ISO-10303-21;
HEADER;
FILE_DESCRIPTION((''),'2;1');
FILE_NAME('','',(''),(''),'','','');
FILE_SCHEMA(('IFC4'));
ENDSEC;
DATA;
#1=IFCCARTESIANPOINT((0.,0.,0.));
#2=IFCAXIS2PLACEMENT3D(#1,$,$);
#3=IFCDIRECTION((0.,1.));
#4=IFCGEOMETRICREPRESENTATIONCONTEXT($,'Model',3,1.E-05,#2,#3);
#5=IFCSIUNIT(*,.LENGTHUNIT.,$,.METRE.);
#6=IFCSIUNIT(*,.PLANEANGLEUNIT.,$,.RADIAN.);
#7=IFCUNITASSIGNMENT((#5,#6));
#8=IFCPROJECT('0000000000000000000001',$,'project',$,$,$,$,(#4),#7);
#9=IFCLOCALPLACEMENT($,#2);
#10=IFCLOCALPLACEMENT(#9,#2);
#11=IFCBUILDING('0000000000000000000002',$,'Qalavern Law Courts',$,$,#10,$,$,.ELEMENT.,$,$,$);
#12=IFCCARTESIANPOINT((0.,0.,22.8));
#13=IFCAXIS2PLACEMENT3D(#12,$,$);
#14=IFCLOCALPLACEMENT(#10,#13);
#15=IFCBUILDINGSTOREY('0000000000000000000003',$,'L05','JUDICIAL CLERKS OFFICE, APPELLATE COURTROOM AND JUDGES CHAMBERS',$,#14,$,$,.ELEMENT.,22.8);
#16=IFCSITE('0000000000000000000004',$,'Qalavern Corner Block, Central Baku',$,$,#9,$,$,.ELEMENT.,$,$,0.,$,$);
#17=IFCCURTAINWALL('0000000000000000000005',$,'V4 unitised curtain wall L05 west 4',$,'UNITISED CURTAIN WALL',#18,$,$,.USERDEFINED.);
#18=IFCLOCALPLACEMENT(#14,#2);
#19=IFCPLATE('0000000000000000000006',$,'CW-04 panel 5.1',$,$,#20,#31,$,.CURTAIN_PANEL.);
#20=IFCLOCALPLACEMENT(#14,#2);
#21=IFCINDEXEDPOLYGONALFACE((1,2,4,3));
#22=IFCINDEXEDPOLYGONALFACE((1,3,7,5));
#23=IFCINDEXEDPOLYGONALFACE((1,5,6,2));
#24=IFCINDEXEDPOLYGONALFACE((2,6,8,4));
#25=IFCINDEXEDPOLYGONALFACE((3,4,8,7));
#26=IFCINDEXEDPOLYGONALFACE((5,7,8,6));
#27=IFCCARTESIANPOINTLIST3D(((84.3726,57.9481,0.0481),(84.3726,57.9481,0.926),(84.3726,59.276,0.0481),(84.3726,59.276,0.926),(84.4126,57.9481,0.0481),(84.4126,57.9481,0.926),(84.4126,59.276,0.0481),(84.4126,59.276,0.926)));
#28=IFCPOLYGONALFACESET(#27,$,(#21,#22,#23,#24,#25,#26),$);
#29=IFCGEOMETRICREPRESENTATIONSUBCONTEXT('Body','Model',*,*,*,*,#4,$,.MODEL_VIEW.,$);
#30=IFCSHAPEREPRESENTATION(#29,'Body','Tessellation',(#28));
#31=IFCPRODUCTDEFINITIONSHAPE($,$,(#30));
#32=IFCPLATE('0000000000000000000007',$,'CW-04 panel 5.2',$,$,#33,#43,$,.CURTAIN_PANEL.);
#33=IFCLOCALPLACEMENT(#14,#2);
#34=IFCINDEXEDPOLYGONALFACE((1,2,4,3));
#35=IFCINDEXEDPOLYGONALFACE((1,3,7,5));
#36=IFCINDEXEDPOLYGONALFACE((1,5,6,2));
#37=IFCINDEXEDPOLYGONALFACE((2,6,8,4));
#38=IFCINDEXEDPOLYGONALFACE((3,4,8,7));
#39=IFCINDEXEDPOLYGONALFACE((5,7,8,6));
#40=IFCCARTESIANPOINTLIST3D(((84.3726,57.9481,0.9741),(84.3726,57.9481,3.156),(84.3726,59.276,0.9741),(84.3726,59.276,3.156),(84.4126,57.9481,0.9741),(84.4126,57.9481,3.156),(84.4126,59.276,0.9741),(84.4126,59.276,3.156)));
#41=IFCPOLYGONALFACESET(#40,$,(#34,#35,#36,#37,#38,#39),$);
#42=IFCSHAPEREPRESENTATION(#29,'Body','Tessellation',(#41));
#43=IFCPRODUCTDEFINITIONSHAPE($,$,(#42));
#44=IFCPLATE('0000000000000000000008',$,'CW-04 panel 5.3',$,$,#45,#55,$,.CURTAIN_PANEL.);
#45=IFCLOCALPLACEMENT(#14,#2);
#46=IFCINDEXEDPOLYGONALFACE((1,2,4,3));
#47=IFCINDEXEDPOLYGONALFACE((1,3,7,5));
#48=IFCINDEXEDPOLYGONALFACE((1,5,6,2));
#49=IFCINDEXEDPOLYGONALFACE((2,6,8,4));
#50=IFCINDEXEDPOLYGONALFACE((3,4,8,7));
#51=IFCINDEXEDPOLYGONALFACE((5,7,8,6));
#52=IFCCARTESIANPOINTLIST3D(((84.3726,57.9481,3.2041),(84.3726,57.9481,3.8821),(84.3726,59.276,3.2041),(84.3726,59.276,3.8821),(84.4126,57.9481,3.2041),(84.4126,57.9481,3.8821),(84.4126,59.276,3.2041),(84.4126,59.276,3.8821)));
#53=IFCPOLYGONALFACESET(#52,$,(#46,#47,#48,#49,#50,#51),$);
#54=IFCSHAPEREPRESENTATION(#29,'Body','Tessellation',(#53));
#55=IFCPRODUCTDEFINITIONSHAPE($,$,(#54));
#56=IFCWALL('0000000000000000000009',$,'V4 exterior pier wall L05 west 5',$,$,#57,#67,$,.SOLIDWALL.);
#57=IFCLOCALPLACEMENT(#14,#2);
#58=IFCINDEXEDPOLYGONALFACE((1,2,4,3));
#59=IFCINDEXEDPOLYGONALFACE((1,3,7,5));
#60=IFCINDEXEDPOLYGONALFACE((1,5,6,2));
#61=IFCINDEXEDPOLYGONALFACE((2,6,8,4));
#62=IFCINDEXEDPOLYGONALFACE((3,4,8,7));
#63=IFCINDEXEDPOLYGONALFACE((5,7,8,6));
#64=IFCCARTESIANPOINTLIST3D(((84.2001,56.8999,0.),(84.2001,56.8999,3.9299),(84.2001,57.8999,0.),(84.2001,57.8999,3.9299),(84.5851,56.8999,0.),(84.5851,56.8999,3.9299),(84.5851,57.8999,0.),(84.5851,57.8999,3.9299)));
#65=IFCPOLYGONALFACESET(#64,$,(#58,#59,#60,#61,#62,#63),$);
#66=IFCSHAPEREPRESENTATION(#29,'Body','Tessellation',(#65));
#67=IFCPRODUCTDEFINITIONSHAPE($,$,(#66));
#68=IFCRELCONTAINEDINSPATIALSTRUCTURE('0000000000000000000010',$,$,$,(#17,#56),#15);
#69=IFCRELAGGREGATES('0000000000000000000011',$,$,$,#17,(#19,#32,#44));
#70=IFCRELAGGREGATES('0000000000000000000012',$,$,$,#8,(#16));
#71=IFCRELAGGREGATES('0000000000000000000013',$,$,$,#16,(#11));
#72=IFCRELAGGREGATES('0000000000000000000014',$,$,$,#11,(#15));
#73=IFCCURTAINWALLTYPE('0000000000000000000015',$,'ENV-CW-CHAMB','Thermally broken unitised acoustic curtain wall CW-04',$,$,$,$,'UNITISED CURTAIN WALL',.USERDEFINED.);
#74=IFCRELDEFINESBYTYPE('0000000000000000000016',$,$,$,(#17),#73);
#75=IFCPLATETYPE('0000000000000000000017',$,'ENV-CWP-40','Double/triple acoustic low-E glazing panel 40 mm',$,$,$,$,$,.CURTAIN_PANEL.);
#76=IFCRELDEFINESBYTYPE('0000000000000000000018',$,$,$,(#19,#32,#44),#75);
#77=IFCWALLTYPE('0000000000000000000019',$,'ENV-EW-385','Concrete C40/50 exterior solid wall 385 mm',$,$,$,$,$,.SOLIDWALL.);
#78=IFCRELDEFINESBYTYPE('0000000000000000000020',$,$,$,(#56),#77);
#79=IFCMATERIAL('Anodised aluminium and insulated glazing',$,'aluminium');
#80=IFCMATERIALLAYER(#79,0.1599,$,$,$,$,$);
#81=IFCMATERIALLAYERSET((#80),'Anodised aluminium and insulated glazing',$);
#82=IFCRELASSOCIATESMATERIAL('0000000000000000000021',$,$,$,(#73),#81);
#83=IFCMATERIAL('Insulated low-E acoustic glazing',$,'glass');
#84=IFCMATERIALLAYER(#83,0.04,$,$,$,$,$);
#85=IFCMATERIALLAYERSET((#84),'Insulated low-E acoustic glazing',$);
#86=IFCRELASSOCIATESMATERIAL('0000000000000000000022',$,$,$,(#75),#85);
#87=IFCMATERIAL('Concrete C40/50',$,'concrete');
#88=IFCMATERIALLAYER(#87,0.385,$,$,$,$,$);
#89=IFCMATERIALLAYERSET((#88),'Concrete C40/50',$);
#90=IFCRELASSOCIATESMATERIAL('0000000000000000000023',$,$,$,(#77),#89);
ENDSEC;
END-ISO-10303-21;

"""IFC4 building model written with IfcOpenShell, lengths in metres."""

from ifc_helpers import new_model, si_unit, direction, frame, frame_2d, origin, origin_2d, place, context, subcontext, project, spatial, rectangle, extrude, material, layer, layer_set, type_object, element, aggregate, save


model = new_model("IFC4")

# Units and contexts
model_context = context("Model", 3, precision=1e-05, world=origin(), true_north=direction((0.0, 1.0)))
body_context = subcontext(model_context, "Body", "Model", "MODEL_VIEW")
ifc_project = project(units=[si_unit("LENGTHUNIT", "METRE"), si_unit("PLANEANGLEUNIT", "RADIAN")], contexts=[model_context])

# Site, building, storey
site_placement = place(None, origin())
site = spatial("IfcSite", under=ifc_project, at=site_placement, Name="Qalavern Corner Block, Central Baku", CompositionType="ELEMENT", RefElevation=0.0)
building_placement = place(site_placement, origin())
building = spatial("IfcBuilding", under=site, at=building_placement, Name="Qalavern Law Courts", CompositionType="ELEMENT")
storey_placement = place(building_placement, frame((0.0, 0.0, 22.8)))
storey = spatial("IfcBuildingStorey", under=building, at=storey_placement, Name="L05", Description="JUDICIAL CLERKS OFFICE, APPELLATE COURTROOM AND JUDGES CHAMBERS", CompositionType="ELEMENT", Elevation=22.8)

# Curtain wall
ifc_material_1 = material(Name="Anodised aluminium and insulated glazing", Category="aluminium")
ifc_layer_1 = layer(ifc_material_1, 0.1599)
ifc_layer_set_1 = layer_set([ifc_layer_1], Name="Anodised aluminium and insulated glazing")
curtain_wall_type = type_object("IfcCurtainWallType", Name="ENV-CW-CHAMB", Description="Thermally broken unitised acoustic curtain wall CW-04", ElementType="UNITISED CURTAIN WALL", PredefinedType="USERDEFINED", material=ifc_layer_set_1)
curtain_wall_1_placement = place(storey_placement, origin())
curtain_wall_1 = element("IfcCurtainWall", 1, at=curtain_wall_1_placement, inside=storey, type_object=curtain_wall_type, Name="V4 unitised curtain wall L05 west 4", ObjectType="UNITISED CURTAIN WALL", PredefinedType="USERDEFINED")

# Plates
ifc_material_2 = material(Name="Insulated low-E acoustic glazing", Category="glass")
ifc_layer_2 = layer(ifc_material_2, 0.04)
ifc_layer_set_2 = layer_set([ifc_layer_2], Name="Insulated low-E acoustic glazing")
plate_type = type_object("IfcPlateType", Name="ENV-CWP-40", Description="Double/triple acoustic low-E glazing panel 40 mm", PredefinedType="CURTAIN_PANEL", material=ifc_layer_set_2)
plate_1_placement = place(storey_placement, frame((84.3926, 58.6121, 0.0481), z_axis=(0.0, 0.0, 1.0), x_axis=(0.0, -1.0, 0.0)))
plate_1 = element("IfcPlate", 2, at=plate_1_placement, type_object=plate_type, Name="CW-04 panel 5.1", PredefinedType="CURTAIN_PANEL", context=body_context, shape_type="SweptSolid", body=[
    extrude(rectangle(XDim=1.3279, YDim=0.04, at=origin_2d()), origin(), (0.0, 0.0, 1.0), 0.8779),
])
plate_2_placement = place(storey_placement, frame((84.3926, 58.6121, 0.9741), z_axis=(0.0, 0.0, 1.0), x_axis=(0.0, -1.0, 0.0)))
plate_2 = element("IfcPlate", 3, at=plate_2_placement, type_object=plate_type, Name="CW-04 panel 5.2", PredefinedType="CURTAIN_PANEL", context=body_context, shape_type="SweptSolid", body=[
    extrude(rectangle(XDim=1.3279, YDim=0.04, at=origin_2d()), origin(), (0.0, 0.0, 1.0), 2.1819),
])
plate_3_placement = place(storey_placement, frame((84.3926, 58.6121, 3.2041), z_axis=(0.0, 0.0, 1.0), x_axis=(0.0, -1.0, 0.0)))
plate_3 = element("IfcPlate", 4, at=plate_3_placement, type_object=plate_type, Name="CW-04 panel 5.3", PredefinedType="CURTAIN_PANEL", context=body_context, shape_type="SweptSolid", body=[
    extrude(rectangle(XDim=1.3279, YDim=0.04, at=origin_2d()), origin(), (0.0, 0.0, 1.0), 0.678),
])
aggregate(curtain_wall_1, [plate_1, plate_2, plate_3])

# Wall
ifc_material_3 = material(Name="Concrete C40/50", Category="concrete")
ifc_layer_3 = layer(ifc_material_3, 0.385)
ifc_layer_set_3 = layer_set([ifc_layer_3], Name="Concrete C40/50")
wall_type = type_object("IfcWallType", Name="ENV-EW-385", Description="Concrete C40/50 exterior solid wall 385 mm", PredefinedType="SOLIDWALL", material=ifc_layer_set_3)
wall_placement = place(storey_placement, frame((84.3926, 57.8999, 0.0), z_axis=(0.0, 0.0, 1.0), x_axis=(0.0, -1.0, 0.0)))
element("IfcWall", 5, at=wall_placement, inside=storey, type_object=wall_type, Name="V4 exterior pier wall L05 west 5", PredefinedType="SOLIDWALL", context=body_context, shape_type="SweptSolid", body=[
    extrude(rectangle(XDim=1.0, YDim=0.385, at=frame_2d((0.5, 0.0))), origin(), (0.0, 0.0, 1.0), 3.9299),
])

save(model, "model.ifc")
